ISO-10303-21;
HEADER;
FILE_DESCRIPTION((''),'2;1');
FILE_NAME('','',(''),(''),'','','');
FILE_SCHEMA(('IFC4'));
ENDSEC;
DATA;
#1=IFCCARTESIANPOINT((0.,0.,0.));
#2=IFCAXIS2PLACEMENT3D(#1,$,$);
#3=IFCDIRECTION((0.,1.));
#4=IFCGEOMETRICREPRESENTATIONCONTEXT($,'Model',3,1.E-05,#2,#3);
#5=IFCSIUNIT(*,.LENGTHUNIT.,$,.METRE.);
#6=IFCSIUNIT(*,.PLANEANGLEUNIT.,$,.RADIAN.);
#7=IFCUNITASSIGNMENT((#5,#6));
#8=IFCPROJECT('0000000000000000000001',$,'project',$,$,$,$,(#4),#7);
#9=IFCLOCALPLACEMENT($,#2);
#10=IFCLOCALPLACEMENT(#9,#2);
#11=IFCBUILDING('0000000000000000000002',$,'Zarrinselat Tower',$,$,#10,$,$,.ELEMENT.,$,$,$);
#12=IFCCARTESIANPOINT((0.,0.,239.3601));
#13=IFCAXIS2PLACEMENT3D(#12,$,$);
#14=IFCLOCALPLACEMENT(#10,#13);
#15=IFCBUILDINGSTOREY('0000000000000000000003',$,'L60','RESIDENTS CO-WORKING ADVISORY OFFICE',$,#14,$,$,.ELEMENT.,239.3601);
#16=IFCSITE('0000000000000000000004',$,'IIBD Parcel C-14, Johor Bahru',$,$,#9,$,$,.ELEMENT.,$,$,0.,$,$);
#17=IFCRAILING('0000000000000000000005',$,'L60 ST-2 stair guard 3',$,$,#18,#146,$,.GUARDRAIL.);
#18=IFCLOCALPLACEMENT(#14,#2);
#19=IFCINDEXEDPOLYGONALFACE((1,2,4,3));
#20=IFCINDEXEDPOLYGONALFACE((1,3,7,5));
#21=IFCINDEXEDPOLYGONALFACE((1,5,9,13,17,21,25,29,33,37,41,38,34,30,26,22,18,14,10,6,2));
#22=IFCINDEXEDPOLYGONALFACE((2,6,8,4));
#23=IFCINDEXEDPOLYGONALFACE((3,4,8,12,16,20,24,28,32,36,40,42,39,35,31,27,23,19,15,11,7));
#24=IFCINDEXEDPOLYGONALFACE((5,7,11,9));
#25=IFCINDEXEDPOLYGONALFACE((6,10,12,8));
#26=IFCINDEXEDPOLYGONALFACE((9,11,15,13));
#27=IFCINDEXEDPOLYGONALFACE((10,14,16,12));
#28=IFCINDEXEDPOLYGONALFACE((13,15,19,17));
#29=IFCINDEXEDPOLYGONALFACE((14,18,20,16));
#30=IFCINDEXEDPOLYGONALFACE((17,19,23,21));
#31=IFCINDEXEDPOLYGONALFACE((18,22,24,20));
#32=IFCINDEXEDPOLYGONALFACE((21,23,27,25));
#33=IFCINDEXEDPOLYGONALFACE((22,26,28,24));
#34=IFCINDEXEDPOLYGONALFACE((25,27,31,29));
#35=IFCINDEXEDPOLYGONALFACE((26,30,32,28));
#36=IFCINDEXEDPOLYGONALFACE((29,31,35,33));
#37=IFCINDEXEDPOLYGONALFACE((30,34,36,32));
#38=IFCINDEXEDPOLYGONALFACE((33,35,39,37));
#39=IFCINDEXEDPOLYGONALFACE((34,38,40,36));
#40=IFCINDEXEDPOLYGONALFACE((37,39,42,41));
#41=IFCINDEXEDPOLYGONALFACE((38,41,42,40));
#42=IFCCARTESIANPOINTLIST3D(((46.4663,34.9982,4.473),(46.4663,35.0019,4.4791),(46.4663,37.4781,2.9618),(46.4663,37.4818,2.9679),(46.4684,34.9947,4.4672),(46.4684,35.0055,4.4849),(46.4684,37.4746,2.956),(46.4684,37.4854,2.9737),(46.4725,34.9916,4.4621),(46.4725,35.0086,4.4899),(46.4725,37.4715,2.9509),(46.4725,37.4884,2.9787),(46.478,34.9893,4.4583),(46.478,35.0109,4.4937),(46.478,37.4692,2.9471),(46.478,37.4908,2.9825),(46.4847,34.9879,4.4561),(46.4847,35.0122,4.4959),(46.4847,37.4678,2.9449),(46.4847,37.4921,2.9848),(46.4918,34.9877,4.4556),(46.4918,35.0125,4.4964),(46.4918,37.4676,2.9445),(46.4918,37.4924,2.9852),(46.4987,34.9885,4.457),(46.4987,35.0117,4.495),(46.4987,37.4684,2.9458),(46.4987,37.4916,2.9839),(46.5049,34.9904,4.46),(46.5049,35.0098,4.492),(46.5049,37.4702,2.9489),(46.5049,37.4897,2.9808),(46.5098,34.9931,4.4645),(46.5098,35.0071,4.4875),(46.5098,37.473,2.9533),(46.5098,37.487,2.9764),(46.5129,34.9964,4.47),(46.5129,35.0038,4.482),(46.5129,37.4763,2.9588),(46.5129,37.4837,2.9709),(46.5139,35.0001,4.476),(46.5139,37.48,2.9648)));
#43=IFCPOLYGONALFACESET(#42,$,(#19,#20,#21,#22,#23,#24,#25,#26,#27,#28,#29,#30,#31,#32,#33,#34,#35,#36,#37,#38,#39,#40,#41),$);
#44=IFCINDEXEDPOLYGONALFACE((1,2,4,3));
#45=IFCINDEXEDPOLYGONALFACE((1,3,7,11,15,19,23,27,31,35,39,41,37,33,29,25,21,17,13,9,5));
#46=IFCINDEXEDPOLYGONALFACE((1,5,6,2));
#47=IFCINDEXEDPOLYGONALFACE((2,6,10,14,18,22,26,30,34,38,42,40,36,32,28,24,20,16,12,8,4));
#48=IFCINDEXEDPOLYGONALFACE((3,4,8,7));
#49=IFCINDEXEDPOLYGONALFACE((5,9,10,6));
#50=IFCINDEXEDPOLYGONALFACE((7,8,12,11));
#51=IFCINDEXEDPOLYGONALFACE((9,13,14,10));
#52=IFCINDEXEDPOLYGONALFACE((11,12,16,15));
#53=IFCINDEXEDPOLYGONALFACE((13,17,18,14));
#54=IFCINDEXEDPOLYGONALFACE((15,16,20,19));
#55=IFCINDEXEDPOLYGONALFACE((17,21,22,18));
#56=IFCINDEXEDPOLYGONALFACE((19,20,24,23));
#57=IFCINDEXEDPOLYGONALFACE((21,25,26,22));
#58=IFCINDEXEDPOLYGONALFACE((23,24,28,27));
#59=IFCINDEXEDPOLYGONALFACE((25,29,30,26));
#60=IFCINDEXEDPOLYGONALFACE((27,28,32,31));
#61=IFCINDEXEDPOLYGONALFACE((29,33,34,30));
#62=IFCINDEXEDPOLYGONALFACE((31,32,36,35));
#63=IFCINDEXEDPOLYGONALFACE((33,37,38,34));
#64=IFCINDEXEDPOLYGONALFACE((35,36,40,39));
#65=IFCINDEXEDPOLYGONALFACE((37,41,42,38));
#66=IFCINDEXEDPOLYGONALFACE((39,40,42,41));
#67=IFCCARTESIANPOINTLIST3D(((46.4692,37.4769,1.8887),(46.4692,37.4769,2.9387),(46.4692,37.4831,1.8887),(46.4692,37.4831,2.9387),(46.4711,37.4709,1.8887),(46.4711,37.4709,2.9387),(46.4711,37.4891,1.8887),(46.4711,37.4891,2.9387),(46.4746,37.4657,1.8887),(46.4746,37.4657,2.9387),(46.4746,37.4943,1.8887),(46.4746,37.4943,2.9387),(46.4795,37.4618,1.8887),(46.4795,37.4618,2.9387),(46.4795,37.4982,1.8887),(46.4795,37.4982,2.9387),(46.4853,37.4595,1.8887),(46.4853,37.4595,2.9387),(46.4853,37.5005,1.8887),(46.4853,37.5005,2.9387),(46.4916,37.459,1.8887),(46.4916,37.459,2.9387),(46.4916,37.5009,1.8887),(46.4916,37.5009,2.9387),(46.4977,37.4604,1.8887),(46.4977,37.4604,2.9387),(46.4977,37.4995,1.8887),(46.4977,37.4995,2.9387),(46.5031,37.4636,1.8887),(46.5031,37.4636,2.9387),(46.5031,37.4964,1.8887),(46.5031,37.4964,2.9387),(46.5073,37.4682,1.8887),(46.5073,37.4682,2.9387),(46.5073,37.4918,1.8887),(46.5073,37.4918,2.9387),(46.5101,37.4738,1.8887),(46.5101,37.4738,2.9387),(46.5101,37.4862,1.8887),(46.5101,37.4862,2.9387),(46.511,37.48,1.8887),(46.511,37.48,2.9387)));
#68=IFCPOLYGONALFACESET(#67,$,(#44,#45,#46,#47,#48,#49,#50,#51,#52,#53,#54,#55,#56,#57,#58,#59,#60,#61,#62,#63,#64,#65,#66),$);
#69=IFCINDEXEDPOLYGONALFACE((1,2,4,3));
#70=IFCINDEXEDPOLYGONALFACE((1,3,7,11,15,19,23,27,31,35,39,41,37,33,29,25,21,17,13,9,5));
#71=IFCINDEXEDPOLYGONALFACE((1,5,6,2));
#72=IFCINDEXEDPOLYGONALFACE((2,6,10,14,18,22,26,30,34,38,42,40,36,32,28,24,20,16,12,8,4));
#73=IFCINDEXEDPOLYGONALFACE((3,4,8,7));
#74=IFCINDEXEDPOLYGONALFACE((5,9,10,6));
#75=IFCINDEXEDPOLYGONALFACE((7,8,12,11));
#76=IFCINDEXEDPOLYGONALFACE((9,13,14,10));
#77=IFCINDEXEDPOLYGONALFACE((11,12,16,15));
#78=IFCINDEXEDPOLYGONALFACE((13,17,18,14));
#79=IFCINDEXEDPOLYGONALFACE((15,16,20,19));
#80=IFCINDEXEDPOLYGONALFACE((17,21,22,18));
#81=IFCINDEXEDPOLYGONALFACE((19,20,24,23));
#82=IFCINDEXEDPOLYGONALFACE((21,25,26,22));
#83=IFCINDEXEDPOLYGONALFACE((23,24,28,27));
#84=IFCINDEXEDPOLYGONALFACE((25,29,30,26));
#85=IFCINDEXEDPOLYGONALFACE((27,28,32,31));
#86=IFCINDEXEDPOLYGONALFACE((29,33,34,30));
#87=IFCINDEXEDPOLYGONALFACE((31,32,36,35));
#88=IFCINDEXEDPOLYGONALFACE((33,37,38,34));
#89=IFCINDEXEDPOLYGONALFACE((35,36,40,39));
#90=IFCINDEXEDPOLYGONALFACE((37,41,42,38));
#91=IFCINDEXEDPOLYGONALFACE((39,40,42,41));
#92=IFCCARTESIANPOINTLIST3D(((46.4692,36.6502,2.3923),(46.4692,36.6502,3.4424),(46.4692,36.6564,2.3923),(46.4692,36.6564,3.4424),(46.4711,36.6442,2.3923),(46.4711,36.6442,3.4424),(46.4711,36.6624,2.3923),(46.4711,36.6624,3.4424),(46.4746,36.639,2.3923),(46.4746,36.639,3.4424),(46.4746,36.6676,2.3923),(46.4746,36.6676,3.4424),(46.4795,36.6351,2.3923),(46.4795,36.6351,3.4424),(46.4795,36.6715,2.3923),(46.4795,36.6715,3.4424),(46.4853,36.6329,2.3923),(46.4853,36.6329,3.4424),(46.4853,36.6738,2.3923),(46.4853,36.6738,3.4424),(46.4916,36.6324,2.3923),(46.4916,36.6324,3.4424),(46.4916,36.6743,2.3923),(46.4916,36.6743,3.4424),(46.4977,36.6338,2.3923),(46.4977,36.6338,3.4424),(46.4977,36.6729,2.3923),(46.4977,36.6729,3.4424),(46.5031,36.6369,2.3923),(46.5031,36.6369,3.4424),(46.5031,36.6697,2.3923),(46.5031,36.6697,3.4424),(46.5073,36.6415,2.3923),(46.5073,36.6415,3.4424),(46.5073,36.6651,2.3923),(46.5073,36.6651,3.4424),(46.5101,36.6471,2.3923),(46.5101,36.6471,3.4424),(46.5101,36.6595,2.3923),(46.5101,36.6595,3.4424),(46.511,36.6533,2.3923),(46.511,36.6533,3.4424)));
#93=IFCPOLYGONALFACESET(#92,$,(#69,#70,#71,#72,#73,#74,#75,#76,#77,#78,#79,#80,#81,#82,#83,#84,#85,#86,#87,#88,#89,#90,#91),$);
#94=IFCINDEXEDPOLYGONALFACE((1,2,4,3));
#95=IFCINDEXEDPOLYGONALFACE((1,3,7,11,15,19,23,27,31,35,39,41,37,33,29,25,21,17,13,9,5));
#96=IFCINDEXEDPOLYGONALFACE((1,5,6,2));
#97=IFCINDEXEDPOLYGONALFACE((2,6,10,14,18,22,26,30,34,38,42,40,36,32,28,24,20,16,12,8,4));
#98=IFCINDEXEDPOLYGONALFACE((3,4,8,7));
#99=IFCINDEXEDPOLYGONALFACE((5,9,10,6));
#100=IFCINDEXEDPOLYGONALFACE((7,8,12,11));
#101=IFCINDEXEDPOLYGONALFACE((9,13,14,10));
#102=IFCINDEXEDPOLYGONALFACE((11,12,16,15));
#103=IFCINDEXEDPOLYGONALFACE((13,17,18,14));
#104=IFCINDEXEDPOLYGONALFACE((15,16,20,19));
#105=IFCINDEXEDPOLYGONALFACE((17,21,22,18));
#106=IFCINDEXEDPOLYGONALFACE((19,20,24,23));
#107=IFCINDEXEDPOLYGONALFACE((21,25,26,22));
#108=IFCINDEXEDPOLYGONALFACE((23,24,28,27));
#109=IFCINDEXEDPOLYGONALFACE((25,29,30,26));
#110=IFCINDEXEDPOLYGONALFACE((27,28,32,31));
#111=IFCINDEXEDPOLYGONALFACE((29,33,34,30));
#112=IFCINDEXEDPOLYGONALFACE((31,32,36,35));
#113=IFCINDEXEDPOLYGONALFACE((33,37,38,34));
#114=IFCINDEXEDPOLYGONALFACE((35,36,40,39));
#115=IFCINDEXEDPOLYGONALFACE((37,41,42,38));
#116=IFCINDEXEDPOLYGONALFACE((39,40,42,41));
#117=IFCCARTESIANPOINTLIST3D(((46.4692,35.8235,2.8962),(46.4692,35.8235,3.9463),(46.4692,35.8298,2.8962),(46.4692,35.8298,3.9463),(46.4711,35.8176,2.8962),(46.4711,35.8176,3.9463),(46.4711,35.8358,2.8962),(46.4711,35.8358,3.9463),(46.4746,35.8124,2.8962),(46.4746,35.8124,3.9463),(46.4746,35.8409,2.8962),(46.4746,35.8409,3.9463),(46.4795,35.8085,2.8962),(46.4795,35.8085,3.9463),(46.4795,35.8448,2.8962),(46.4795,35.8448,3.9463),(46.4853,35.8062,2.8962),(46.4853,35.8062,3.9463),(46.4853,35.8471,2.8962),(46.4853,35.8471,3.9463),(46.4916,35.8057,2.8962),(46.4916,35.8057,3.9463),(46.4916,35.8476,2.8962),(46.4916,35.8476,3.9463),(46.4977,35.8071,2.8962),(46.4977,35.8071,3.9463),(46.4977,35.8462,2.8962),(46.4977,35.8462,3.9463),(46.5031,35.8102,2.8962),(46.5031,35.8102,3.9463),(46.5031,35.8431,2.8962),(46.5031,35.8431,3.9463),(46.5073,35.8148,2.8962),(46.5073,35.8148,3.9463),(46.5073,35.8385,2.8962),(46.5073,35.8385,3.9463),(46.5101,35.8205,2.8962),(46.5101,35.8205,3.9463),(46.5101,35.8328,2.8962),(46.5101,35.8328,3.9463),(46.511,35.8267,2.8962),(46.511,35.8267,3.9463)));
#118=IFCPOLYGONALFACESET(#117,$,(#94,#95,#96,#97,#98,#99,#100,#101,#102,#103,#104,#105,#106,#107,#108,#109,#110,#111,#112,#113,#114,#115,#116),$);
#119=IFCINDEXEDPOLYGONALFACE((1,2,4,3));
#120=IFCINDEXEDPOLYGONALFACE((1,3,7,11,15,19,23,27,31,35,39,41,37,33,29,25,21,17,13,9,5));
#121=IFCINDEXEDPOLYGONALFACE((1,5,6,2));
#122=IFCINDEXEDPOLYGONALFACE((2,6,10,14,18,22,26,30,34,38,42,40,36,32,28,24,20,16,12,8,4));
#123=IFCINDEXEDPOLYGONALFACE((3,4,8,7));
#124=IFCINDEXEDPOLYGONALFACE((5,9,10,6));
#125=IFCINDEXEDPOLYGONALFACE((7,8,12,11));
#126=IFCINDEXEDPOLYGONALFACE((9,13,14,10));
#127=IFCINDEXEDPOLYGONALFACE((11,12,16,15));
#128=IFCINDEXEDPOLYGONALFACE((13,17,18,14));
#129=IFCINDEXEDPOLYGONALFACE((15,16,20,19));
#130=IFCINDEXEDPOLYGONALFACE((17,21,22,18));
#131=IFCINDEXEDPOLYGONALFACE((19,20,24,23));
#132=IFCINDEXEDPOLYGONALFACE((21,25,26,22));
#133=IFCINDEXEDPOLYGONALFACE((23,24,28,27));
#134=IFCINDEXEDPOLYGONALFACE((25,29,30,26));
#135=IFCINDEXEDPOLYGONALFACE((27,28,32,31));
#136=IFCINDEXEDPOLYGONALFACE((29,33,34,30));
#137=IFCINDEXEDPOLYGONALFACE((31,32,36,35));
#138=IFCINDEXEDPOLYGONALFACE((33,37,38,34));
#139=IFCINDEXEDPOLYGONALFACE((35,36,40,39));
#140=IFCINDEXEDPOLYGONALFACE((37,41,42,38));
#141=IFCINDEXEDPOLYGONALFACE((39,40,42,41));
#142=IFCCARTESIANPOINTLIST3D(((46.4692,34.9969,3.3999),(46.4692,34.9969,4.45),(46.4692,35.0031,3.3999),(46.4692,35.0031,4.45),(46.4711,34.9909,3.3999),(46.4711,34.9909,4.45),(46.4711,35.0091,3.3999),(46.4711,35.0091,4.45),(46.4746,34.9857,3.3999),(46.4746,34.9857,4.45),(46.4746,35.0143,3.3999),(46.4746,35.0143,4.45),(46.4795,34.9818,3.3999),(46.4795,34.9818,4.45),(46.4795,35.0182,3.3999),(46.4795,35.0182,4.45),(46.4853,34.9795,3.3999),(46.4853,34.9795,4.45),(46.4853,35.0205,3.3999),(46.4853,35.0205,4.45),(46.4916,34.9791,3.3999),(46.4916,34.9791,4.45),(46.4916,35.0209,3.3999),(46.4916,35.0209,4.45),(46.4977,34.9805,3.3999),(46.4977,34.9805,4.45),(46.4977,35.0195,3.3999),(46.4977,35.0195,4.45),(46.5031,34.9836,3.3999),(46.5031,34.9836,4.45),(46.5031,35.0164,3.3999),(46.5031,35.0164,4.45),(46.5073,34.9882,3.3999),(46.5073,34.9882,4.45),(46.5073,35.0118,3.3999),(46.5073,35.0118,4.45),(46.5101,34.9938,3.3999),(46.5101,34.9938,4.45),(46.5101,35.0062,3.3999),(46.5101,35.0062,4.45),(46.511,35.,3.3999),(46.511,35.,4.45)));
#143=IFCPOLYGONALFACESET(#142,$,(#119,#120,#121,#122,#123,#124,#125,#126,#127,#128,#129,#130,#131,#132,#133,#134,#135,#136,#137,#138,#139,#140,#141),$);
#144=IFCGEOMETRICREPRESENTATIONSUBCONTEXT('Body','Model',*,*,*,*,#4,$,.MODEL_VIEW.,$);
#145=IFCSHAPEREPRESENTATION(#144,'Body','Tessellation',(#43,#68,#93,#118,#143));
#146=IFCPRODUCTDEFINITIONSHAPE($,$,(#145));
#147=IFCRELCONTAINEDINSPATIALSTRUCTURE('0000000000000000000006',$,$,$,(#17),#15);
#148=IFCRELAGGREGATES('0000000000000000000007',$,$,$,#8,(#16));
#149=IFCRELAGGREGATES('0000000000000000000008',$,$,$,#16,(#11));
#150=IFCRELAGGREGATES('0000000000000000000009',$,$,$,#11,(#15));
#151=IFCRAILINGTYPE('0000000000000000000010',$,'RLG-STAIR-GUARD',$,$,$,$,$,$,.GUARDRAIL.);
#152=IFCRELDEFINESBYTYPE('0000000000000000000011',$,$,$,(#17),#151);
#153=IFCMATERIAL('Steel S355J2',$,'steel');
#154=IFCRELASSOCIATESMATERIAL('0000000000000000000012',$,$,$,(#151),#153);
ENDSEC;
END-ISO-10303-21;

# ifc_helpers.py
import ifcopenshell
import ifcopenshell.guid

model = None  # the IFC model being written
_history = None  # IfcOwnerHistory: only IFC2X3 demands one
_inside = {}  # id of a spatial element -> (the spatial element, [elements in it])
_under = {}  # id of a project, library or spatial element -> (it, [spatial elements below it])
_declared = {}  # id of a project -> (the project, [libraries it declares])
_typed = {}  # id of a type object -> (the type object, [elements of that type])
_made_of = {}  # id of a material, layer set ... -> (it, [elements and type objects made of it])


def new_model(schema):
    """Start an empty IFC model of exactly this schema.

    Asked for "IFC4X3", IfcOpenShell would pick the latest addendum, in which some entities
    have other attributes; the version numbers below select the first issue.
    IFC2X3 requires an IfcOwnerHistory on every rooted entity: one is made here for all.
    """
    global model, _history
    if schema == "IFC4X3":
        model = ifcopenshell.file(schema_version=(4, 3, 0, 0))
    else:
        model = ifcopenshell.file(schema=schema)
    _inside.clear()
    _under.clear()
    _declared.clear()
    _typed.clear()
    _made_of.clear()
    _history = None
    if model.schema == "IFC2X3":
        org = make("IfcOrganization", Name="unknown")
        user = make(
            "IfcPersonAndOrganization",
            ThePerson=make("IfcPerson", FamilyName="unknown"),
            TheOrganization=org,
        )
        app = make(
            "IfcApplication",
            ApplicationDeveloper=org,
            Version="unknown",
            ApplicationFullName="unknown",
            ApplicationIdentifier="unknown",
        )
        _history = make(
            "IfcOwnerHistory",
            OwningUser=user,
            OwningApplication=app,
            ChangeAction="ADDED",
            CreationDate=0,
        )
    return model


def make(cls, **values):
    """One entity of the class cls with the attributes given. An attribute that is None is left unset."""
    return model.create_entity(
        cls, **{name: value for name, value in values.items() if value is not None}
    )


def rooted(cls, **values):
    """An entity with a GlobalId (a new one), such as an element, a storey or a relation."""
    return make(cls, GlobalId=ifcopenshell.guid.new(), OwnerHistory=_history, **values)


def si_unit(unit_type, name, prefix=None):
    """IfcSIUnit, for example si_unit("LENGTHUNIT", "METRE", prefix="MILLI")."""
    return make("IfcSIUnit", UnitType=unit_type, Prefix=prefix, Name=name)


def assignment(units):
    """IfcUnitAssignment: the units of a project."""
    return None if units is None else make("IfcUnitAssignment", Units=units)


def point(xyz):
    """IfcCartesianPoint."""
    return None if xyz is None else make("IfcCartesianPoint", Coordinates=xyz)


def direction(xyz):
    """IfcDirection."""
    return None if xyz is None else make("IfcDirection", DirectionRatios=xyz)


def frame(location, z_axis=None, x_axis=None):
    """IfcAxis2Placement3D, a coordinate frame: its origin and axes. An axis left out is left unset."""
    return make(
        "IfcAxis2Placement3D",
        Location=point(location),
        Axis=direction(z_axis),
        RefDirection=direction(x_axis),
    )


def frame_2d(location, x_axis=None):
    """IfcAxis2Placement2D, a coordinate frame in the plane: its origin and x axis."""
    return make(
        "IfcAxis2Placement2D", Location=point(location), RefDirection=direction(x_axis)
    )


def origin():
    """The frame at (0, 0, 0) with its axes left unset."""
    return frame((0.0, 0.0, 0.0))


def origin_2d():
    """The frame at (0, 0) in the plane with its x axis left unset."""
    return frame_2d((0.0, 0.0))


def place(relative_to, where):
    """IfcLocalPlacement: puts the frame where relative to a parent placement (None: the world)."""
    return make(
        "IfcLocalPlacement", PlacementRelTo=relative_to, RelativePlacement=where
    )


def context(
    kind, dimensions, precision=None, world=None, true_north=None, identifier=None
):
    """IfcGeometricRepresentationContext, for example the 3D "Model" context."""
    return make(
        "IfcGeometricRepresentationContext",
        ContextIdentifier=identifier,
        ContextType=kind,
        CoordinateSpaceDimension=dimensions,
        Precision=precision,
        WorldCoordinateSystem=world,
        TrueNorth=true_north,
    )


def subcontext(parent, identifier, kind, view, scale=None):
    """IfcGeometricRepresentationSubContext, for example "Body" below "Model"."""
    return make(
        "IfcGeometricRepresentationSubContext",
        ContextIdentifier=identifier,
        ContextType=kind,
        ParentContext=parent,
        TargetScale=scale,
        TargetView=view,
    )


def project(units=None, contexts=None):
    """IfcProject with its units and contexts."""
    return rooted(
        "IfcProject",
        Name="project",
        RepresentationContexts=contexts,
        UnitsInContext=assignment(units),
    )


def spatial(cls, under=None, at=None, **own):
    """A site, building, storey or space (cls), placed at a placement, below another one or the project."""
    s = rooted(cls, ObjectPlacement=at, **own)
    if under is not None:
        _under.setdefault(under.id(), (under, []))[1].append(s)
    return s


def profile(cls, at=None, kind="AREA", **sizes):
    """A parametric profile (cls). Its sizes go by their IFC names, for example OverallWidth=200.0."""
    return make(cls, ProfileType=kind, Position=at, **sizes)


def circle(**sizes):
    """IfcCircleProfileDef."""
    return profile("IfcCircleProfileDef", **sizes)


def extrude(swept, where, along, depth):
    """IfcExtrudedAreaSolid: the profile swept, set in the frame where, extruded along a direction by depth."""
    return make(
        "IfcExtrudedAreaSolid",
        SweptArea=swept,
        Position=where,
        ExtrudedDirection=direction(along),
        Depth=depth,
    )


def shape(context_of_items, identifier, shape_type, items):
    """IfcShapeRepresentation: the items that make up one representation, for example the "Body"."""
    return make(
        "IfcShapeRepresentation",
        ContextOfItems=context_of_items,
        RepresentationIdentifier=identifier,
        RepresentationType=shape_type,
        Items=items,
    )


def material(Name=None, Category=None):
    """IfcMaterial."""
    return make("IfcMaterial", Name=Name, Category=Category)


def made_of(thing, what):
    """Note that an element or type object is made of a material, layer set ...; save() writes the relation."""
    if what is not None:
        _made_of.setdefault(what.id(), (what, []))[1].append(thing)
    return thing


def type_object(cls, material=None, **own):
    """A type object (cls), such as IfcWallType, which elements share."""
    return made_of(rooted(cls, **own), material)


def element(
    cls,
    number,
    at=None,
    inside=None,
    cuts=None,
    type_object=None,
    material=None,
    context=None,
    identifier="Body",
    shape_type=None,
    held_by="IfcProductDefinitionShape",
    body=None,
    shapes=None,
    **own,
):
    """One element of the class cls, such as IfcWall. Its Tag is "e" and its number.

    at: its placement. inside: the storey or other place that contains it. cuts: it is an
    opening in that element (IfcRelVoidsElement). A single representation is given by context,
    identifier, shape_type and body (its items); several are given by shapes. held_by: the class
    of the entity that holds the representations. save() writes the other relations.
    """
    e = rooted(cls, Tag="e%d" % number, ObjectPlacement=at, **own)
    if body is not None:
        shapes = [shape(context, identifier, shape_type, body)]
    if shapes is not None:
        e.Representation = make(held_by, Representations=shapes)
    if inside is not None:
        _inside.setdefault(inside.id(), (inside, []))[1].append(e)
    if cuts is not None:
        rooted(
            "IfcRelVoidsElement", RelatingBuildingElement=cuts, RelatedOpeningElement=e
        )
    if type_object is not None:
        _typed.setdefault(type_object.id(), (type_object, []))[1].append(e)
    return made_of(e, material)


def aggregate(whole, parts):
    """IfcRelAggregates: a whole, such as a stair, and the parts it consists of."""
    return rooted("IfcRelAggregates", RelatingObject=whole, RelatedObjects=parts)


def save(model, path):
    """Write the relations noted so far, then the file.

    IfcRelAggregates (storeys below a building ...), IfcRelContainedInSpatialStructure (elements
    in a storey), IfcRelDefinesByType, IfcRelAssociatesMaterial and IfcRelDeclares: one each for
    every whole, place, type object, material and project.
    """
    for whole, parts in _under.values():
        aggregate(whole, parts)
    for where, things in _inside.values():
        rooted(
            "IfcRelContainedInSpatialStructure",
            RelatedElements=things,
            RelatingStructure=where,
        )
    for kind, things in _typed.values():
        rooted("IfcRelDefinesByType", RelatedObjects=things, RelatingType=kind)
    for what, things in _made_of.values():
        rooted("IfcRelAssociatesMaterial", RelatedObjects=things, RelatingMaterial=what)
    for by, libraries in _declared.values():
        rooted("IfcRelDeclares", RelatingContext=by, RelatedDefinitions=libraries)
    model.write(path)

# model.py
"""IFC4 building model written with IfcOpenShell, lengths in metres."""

from ifc_helpers import new_model, si_unit, direction, frame, origin, origin_2d, place, context, subcontext, project, spatial, circle, extrude, material, type_object, element, save


model = new_model("IFC4")

# Units and contexts
model_context = context("Model", 3, precision=1e-05, world=origin(), true_north=direction((0.0, 1.0)))
body_context = subcontext(model_context, "Body", "Model", "MODEL_VIEW")
ifc_project = project(units=[si_unit("LENGTHUNIT", "METRE"), si_unit("PLANEANGLEUNIT", "RADIAN")], contexts=[model_context])

# Site, building, storey
site_placement = place(None, origin())
site = spatial("IfcSite", under=ifc_project, at=site_placement, Name="IIBD Parcel C-14, Johor Bahru", CompositionType="ELEMENT", RefElevation=0.0)
building_placement = place(site_placement, origin())
building = spatial("IfcBuilding", under=site, at=building_placement, Name="Zarrinselat Tower", CompositionType="ELEMENT")
storey_placement = place(building_placement, frame((0.0, 0.0, 239.3601)))
storey = spatial("IfcBuildingStorey", under=building, at=storey_placement, Name="L60", Description="RESIDENTS CO-WORKING ADVISORY OFFICE", CompositionType="ELEMENT", Elevation=239.3601)

# Railing
ifc_material_1 = material(Name="Steel S355J2", Category="steel")
railing_type_1 = type_object("IfcRailingType", Name="RLG-STAIR-GUARD", PredefinedType="GUARDRAIL", material=ifc_material_1)
railing_1_placement = place(storey_placement, frame((46.49, 37.48, 1.8887)))
element("IfcRailing", 1, at=railing_1_placement, inside=storey, type_object=railing_type_1, Name="L60 ST-2 stair guard 3", PredefinedType="GUARDRAIL", context=body_context, shape_type="SweptSolid", body=[
    extrude(circle(Radius=0.0239, at=origin_2d()), frame((0.0, 0.0, 1.0762), z_axis=(0.0, -0.853942, 0.520368), x_axis=(1.0, 0.0, 0.0)), (0.0, 0.0, 1.0), 2.9041),
    extrude(circle(Radius=0.021, at=origin_2d()), origin(), (0.0, 0.0, 1.0), 1.05),
    extrude(circle(Radius=0.021, at=origin_2d()), frame((0.0, -0.8267, 0.5037)), (0.0, 0.0, 1.0), 1.05),
    extrude(circle(Radius=0.021, at=origin_2d()), frame((0.0, -1.6533, 1.0076)), (0.0, 0.0, 1.0), 1.05),
    extrude(circle(Radius=0.021, at=origin_2d()), frame((0.0, -2.48, 1.5112)), (0.0, 0.0, 1.0), 1.05),
])

save(model, "model.ifc")
